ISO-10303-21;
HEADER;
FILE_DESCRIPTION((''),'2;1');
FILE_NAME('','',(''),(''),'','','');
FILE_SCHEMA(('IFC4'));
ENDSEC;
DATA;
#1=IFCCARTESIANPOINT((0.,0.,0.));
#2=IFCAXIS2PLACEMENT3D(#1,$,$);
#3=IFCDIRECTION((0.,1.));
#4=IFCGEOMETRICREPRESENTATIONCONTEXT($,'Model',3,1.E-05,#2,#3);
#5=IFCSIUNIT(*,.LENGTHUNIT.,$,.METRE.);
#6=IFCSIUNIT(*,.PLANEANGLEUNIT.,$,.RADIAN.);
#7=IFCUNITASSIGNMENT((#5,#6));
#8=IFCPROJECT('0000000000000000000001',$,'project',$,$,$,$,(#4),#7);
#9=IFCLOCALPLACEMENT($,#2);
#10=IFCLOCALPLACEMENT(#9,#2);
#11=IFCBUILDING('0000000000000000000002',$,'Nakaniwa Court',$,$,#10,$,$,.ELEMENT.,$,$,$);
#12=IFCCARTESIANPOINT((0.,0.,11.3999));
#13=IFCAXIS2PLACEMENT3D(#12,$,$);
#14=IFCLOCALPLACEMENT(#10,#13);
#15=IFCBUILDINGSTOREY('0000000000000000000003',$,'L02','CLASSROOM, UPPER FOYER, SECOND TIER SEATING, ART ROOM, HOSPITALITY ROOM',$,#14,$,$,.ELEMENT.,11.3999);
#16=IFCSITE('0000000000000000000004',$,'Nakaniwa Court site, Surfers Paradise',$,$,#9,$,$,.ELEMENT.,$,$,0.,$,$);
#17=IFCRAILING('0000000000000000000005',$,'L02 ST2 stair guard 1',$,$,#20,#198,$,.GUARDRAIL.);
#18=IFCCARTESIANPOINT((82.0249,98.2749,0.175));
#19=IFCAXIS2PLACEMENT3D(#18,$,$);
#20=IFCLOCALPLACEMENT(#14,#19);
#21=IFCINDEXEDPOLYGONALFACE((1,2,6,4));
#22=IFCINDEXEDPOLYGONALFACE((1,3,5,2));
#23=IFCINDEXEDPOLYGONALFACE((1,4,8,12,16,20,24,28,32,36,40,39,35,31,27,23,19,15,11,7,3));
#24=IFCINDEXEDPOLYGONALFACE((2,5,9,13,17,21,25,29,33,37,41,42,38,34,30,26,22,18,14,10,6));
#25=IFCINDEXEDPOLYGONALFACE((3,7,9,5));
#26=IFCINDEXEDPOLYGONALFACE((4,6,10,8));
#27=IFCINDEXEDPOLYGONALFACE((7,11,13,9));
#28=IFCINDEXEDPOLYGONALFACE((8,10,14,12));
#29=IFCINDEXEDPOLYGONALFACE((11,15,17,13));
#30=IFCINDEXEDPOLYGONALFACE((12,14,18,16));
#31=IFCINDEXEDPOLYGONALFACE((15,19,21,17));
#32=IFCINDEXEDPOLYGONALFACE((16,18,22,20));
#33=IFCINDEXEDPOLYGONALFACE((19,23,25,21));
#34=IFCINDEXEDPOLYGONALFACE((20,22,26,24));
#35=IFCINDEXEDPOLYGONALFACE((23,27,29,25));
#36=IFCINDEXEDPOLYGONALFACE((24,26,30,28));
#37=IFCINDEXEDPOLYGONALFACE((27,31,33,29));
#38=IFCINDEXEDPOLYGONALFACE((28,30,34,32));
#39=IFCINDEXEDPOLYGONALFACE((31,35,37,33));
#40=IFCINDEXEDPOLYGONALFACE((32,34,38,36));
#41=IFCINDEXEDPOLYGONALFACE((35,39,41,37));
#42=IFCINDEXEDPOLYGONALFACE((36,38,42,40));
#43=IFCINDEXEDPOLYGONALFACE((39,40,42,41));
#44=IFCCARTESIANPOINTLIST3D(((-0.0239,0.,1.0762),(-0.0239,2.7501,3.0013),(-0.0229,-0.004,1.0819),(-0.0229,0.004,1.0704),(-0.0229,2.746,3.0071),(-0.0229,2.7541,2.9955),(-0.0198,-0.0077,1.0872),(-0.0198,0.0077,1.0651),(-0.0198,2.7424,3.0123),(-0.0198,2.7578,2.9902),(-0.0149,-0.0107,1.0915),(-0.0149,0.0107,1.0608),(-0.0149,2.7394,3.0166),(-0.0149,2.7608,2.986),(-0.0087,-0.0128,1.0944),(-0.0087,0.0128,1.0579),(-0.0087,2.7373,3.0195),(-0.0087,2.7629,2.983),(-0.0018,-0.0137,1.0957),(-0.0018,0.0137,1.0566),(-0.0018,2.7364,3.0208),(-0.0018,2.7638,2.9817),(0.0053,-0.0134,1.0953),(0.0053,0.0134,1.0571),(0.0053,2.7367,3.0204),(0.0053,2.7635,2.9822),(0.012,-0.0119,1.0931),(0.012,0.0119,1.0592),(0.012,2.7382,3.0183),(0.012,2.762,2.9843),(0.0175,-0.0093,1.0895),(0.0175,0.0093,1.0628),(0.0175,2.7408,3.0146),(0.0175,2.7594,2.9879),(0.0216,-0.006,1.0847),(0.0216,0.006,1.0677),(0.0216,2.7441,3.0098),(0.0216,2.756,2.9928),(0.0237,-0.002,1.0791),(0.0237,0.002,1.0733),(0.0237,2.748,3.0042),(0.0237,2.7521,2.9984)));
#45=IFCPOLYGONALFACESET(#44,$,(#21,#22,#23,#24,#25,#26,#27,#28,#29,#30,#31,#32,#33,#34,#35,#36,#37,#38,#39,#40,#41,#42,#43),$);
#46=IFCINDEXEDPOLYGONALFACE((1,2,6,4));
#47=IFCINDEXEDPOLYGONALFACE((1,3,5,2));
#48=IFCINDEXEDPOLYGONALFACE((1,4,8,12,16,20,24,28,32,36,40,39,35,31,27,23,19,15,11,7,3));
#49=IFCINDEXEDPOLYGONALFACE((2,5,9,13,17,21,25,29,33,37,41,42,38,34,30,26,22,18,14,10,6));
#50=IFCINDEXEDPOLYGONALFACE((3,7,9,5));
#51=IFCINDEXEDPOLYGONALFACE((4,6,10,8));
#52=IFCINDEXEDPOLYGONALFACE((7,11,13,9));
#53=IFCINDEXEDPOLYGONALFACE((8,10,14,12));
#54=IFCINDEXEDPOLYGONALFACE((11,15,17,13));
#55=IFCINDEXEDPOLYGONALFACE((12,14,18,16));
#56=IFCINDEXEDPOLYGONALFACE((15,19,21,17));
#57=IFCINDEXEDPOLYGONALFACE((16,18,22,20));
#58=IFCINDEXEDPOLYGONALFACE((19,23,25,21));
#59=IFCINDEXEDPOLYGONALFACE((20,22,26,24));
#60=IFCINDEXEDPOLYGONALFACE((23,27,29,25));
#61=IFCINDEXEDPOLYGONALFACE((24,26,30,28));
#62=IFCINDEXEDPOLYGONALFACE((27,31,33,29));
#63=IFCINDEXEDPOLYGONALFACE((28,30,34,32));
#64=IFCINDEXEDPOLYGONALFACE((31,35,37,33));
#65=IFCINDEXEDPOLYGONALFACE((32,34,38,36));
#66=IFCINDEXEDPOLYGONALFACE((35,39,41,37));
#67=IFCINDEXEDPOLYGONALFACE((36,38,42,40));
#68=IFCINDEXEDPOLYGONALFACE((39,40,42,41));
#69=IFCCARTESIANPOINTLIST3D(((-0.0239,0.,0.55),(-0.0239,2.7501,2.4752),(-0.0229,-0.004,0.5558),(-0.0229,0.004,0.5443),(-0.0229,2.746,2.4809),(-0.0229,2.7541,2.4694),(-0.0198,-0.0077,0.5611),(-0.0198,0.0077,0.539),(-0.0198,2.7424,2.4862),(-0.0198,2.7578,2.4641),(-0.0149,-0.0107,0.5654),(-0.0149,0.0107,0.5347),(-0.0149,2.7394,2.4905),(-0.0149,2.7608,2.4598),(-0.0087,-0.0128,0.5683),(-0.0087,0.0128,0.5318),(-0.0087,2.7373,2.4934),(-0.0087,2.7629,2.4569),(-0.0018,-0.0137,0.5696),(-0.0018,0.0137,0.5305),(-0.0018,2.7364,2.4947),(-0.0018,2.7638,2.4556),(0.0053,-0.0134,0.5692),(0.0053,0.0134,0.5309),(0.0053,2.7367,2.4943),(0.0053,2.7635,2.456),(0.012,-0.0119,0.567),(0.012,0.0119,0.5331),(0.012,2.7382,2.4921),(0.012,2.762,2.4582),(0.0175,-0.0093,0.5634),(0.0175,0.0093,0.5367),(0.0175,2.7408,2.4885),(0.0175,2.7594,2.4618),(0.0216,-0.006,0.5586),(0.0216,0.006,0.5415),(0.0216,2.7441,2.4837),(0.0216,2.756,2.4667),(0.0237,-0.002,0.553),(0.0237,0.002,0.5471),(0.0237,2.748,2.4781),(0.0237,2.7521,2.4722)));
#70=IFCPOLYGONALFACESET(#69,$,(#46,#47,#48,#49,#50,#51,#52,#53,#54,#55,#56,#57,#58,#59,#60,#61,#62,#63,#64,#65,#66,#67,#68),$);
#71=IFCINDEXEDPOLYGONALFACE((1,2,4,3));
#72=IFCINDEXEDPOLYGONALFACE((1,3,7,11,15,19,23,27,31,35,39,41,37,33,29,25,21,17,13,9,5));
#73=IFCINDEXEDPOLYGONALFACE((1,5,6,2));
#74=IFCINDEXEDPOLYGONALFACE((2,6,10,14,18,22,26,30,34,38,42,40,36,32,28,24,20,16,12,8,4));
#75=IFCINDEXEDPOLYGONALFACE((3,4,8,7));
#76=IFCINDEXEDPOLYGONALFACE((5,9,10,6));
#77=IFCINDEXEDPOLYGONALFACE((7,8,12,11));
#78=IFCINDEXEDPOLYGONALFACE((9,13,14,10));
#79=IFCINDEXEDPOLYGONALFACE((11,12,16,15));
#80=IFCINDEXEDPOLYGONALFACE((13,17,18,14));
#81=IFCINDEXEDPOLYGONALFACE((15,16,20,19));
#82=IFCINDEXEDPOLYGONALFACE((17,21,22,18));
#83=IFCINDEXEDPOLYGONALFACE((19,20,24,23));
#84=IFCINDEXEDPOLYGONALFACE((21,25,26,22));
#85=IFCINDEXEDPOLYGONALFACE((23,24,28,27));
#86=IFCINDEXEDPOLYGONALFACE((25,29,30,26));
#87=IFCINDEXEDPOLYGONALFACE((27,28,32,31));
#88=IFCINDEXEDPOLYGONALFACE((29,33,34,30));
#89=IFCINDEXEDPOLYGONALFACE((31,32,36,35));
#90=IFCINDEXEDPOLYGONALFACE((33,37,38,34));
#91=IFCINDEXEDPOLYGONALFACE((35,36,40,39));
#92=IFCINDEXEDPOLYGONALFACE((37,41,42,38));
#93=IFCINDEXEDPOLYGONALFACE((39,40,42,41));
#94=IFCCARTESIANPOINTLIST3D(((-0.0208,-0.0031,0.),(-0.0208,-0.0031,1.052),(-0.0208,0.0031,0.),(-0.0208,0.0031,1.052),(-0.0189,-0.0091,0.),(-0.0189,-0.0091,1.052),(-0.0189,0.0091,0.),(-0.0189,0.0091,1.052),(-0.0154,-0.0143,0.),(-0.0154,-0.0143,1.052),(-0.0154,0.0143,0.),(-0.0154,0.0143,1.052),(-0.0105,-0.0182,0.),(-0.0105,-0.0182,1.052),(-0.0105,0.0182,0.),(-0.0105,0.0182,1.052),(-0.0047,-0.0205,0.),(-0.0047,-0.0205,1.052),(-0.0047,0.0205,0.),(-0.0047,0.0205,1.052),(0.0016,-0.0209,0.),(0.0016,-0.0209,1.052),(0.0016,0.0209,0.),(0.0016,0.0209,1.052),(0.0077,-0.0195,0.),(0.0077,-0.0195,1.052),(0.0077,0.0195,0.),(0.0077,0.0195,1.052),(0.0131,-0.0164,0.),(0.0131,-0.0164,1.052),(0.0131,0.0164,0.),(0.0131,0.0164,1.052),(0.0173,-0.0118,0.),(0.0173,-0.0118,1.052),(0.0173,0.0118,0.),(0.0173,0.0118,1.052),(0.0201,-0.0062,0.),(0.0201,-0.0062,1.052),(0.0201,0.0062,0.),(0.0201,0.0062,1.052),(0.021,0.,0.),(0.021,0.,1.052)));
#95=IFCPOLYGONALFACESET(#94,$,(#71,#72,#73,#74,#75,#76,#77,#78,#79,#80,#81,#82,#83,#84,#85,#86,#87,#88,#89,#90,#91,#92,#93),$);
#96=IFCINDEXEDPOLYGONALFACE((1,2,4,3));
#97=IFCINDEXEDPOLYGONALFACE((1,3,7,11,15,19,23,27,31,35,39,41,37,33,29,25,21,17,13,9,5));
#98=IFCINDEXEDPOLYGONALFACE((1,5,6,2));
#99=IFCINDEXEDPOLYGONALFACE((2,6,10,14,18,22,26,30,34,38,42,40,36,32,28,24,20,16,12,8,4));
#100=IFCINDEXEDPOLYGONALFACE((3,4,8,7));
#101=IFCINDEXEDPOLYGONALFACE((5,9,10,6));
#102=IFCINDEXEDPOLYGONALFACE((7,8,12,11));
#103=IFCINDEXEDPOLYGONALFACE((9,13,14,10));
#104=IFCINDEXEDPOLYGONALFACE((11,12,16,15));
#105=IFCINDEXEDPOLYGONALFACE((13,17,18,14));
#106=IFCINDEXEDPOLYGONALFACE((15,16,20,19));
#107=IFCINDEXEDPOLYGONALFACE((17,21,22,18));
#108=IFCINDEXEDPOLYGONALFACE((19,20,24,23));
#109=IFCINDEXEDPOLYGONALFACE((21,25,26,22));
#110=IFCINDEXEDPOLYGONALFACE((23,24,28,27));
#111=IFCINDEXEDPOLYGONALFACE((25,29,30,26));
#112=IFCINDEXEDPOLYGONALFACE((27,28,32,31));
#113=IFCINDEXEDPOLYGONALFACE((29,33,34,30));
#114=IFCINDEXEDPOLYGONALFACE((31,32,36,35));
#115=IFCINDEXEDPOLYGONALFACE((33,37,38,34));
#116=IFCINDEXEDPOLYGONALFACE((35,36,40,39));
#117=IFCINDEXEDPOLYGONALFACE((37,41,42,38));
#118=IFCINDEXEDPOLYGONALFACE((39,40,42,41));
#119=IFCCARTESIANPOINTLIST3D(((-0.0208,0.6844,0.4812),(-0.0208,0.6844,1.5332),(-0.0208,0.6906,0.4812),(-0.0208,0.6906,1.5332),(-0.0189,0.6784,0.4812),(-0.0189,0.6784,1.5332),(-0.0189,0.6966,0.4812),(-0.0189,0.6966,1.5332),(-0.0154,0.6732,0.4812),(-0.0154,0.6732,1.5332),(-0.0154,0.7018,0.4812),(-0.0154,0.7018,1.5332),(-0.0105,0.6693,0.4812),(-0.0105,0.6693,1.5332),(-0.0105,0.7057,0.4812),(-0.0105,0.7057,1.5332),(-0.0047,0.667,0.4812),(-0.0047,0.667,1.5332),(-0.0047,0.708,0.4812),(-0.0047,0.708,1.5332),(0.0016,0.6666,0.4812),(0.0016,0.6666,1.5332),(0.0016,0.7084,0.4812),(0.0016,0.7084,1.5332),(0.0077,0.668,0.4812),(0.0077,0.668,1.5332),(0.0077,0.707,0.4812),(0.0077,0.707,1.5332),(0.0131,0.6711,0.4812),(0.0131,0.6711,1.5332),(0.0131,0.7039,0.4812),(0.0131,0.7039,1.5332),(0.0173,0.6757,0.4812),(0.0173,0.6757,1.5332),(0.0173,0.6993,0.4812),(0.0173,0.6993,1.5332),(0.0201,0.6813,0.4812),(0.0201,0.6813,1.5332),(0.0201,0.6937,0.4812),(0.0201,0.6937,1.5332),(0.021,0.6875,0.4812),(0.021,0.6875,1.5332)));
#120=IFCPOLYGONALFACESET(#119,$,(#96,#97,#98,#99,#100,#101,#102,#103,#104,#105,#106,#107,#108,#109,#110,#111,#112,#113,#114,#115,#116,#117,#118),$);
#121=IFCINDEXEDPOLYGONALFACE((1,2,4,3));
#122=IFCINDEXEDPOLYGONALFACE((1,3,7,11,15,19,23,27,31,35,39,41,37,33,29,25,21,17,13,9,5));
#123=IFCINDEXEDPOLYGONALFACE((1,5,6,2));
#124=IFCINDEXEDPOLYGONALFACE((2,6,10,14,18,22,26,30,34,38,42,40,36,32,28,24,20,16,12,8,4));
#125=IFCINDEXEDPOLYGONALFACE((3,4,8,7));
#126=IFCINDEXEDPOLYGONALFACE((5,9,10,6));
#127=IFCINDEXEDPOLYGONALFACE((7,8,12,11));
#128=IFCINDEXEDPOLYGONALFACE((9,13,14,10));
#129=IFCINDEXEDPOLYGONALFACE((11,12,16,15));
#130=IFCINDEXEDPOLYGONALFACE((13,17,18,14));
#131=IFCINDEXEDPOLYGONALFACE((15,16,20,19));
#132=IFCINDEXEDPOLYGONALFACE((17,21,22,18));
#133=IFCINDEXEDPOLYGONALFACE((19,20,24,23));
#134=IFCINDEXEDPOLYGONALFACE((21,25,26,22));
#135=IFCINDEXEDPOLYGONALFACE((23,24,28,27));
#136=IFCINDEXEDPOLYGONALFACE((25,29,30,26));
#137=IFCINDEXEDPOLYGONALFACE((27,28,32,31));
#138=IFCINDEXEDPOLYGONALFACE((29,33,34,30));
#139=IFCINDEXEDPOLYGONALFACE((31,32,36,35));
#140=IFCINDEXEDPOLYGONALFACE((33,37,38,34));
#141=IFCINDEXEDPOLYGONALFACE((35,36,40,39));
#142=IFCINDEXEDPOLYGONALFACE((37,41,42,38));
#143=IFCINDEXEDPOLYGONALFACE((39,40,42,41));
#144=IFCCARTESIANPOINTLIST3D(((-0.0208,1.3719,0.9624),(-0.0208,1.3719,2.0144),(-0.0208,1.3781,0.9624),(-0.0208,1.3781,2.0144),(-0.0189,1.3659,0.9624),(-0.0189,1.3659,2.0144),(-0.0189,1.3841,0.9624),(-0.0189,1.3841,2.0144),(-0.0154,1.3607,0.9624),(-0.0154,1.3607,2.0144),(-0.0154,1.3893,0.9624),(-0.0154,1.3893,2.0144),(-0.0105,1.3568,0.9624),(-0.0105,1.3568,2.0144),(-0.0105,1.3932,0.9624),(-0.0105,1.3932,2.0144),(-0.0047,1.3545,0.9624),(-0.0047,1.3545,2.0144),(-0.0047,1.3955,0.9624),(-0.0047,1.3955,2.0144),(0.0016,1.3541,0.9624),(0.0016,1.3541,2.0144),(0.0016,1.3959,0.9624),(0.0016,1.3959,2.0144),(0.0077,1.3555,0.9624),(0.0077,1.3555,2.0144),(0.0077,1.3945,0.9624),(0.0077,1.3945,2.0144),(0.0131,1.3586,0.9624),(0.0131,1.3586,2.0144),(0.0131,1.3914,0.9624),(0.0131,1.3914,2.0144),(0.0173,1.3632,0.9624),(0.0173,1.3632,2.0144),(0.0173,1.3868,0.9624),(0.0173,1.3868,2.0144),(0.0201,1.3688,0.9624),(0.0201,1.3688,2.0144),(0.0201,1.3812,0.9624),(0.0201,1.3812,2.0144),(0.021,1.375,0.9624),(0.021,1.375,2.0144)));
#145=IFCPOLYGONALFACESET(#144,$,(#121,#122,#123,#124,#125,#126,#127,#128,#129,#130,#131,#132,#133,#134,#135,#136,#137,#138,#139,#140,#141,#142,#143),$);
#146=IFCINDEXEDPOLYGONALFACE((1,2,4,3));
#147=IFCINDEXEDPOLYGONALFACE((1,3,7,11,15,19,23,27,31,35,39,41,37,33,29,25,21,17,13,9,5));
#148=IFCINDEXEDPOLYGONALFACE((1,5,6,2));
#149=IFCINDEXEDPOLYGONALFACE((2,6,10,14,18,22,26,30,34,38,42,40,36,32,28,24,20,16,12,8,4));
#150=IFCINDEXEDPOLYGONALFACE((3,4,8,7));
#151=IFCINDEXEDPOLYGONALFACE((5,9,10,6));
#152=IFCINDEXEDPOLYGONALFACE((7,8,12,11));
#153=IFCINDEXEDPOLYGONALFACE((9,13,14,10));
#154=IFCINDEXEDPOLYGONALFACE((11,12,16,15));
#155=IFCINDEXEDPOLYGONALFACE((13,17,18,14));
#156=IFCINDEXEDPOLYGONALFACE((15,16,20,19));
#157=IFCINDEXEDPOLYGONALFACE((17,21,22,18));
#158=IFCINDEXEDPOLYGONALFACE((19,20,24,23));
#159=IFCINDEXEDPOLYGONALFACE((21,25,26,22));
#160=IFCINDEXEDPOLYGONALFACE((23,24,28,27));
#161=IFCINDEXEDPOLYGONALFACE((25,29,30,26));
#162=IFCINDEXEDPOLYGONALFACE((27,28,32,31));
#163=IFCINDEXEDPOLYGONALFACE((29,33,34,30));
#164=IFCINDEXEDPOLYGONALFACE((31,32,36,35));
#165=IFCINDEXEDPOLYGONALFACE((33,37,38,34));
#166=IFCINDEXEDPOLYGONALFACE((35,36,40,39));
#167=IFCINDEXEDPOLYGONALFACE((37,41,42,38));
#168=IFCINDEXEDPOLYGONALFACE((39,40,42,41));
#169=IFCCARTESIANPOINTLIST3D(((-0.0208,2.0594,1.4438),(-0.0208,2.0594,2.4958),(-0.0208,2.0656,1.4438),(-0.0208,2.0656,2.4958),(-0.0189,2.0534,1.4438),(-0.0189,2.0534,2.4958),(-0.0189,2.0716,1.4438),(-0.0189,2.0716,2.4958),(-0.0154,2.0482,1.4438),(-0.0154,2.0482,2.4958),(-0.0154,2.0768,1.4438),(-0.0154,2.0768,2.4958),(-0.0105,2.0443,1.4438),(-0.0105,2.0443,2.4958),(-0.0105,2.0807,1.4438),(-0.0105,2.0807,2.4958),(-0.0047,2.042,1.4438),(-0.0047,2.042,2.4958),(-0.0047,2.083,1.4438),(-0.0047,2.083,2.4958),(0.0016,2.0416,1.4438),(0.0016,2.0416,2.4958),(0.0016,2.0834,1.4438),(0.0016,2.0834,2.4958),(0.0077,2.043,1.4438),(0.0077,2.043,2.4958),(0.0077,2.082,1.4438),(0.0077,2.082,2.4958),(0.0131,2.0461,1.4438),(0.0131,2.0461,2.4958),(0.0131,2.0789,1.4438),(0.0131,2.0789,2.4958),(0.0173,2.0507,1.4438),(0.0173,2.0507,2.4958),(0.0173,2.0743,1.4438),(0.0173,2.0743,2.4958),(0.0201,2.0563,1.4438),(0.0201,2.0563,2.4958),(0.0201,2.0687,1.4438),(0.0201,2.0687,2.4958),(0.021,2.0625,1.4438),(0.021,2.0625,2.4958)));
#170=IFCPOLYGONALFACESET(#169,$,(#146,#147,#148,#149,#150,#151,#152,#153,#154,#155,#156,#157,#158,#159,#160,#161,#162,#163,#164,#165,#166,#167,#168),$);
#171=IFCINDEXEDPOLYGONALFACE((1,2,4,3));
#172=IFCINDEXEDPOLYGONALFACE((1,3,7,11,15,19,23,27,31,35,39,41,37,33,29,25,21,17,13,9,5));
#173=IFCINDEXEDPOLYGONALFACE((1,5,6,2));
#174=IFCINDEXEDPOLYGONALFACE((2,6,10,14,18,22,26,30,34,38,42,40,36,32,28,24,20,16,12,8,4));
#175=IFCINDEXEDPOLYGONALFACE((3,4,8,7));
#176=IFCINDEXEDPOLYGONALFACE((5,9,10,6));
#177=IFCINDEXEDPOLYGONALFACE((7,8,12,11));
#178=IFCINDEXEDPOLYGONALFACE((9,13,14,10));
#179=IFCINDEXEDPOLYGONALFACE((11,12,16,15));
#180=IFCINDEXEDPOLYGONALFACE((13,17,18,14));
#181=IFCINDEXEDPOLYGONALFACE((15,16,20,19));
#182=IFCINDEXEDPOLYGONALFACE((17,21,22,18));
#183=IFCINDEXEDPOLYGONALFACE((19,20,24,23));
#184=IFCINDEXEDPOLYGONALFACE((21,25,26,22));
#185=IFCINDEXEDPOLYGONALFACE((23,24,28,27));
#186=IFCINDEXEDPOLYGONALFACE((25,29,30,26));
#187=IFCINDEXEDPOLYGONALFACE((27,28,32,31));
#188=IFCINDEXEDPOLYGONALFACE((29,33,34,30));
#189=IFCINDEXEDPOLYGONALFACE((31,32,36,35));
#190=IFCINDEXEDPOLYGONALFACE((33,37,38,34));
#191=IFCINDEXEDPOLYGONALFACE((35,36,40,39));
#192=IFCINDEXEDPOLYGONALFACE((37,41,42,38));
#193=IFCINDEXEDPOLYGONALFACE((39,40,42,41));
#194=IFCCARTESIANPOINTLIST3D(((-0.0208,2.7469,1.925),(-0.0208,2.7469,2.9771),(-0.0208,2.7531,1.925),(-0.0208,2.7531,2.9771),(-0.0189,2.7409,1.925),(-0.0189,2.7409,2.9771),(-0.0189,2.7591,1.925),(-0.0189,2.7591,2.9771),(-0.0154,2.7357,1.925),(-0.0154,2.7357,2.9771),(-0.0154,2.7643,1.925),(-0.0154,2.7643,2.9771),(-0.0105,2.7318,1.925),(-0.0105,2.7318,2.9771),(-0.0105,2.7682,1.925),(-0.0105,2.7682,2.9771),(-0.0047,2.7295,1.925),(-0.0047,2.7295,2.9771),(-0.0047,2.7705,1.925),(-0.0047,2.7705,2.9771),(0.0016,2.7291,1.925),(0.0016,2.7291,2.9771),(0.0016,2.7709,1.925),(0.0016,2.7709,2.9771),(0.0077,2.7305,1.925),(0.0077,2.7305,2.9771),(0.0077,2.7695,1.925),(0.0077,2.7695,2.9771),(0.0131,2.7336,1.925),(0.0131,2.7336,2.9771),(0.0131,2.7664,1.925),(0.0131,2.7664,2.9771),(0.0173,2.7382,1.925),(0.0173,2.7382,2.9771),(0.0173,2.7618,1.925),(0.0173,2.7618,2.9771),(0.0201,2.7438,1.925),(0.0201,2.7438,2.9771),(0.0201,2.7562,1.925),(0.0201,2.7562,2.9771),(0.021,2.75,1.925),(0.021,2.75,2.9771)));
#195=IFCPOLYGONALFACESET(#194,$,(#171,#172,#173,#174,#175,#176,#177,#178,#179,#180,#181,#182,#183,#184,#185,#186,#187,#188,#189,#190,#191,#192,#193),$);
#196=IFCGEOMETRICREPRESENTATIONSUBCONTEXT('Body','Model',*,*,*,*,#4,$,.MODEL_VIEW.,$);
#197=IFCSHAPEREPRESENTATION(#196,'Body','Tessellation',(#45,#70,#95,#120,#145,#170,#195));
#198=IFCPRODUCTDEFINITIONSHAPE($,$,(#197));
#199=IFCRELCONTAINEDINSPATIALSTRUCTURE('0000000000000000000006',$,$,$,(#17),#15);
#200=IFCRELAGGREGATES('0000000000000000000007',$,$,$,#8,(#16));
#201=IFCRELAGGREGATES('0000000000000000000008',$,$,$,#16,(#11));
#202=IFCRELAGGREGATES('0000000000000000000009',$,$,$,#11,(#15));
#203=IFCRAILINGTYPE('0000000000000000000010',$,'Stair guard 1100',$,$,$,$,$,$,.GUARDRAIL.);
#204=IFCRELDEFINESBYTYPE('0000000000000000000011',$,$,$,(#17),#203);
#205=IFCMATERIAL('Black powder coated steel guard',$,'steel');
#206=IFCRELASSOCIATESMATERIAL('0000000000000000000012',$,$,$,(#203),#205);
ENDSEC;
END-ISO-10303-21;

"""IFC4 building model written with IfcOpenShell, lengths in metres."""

from ifc_helpers import new_model, si_unit, direction, frame, origin, origin_2d, place, context, subcontext, project, spatial, circle, extrude, material, type_object, element, save


model = new_model("IFC4")

# Units and contexts
model_context = context("Model", 3, precision=1e-05, world=origin(), true_north=direction((0.0, 1.0)))
body_context = subcontext(model_context, "Body", "Model", "MODEL_VIEW")
ifc_project = project(units=[si_unit("LENGTHUNIT", "METRE"), si_unit("PLANEANGLEUNIT", "RADIAN")], contexts=[model_context])

# Site, building, storey
site_placement = place(None, origin())
site = spatial("IfcSite", under=ifc_project, at=site_placement, Name="Nakaniwa Court site, Surfers Paradise", CompositionType="ELEMENT", RefElevation=0.0)
building_placement = place(site_placement, origin())
building = spatial("IfcBuilding", under=site, at=building_placement, Name="Nakaniwa Court", CompositionType="ELEMENT")
storey_placement = place(building_placement, frame((0.0, 0.0, 11.3999)))
storey = spatial("IfcBuildingStorey", under=building, at=storey_placement, Name="L02", Description="CLASSROOM, UPPER FOYER, SECOND TIER SEATING, ART ROOM, HOSPITALITY ROOM", CompositionType="ELEMENT", Elevation=11.3999)

# Railing
ifc_material_1 = material(Name="Black powder coated steel guard", Category="steel")
railing_type_1 = type_object("IfcRailingType", Name="Stair guard 1100", PredefinedType="GUARDRAIL", material=ifc_material_1)
railing_1_placement = place(storey_placement, frame((82.0249, 98.2749, 0.175)))
element("IfcRailing", 1, at=railing_1_placement, inside=storey, type_object=railing_type_1, Name="L02 ST2 stair guard 1", PredefinedType="GUARDRAIL", context=body_context, shape_type="SweptSolid", body=[
    extrude(circle(Radius=0.0239, at=origin_2d()), frame((0.0, 0.0, 1.0762), z_axis=(0.0, 0.819225, 0.573472), x_axis=(-1.0, 0.0, 0.0)), (0.0, 0.0, 1.0), 3.3569),
    extrude(circle(Radius=0.0239, at=origin_2d()), frame((0.0, 0.0, 0.55), z_axis=(0.0, 0.819225, 0.573472), x_axis=(-1.0, 0.0, 0.0)), (0.0, 0.0, 1.0), 3.3569),
    extrude(circle(Radius=0.021, at=origin_2d()), origin(), (0.0, 0.0, 1.0), 1.052),
    extrude(circle(Radius=0.021, at=origin_2d()), frame((0.0, 0.6875, 0.4812)), (0.0, 0.0, 1.0), 1.052),
    extrude(circle(Radius=0.021, at=origin_2d()), frame((0.0, 1.375, 0.9624)), (0.0, 0.0, 1.0), 1.052),
    extrude(circle(Radius=0.021, at=origin_2d()), frame((0.0, 2.0625, 1.4438)), (0.0, 0.0, 1.0), 1.052),
    extrude(circle(Radius=0.021, at=origin_2d()), frame((0.0, 2.75, 1.925)), (0.0, 0.0, 1.0), 1.052),
])

save(model, "model.ifc")
